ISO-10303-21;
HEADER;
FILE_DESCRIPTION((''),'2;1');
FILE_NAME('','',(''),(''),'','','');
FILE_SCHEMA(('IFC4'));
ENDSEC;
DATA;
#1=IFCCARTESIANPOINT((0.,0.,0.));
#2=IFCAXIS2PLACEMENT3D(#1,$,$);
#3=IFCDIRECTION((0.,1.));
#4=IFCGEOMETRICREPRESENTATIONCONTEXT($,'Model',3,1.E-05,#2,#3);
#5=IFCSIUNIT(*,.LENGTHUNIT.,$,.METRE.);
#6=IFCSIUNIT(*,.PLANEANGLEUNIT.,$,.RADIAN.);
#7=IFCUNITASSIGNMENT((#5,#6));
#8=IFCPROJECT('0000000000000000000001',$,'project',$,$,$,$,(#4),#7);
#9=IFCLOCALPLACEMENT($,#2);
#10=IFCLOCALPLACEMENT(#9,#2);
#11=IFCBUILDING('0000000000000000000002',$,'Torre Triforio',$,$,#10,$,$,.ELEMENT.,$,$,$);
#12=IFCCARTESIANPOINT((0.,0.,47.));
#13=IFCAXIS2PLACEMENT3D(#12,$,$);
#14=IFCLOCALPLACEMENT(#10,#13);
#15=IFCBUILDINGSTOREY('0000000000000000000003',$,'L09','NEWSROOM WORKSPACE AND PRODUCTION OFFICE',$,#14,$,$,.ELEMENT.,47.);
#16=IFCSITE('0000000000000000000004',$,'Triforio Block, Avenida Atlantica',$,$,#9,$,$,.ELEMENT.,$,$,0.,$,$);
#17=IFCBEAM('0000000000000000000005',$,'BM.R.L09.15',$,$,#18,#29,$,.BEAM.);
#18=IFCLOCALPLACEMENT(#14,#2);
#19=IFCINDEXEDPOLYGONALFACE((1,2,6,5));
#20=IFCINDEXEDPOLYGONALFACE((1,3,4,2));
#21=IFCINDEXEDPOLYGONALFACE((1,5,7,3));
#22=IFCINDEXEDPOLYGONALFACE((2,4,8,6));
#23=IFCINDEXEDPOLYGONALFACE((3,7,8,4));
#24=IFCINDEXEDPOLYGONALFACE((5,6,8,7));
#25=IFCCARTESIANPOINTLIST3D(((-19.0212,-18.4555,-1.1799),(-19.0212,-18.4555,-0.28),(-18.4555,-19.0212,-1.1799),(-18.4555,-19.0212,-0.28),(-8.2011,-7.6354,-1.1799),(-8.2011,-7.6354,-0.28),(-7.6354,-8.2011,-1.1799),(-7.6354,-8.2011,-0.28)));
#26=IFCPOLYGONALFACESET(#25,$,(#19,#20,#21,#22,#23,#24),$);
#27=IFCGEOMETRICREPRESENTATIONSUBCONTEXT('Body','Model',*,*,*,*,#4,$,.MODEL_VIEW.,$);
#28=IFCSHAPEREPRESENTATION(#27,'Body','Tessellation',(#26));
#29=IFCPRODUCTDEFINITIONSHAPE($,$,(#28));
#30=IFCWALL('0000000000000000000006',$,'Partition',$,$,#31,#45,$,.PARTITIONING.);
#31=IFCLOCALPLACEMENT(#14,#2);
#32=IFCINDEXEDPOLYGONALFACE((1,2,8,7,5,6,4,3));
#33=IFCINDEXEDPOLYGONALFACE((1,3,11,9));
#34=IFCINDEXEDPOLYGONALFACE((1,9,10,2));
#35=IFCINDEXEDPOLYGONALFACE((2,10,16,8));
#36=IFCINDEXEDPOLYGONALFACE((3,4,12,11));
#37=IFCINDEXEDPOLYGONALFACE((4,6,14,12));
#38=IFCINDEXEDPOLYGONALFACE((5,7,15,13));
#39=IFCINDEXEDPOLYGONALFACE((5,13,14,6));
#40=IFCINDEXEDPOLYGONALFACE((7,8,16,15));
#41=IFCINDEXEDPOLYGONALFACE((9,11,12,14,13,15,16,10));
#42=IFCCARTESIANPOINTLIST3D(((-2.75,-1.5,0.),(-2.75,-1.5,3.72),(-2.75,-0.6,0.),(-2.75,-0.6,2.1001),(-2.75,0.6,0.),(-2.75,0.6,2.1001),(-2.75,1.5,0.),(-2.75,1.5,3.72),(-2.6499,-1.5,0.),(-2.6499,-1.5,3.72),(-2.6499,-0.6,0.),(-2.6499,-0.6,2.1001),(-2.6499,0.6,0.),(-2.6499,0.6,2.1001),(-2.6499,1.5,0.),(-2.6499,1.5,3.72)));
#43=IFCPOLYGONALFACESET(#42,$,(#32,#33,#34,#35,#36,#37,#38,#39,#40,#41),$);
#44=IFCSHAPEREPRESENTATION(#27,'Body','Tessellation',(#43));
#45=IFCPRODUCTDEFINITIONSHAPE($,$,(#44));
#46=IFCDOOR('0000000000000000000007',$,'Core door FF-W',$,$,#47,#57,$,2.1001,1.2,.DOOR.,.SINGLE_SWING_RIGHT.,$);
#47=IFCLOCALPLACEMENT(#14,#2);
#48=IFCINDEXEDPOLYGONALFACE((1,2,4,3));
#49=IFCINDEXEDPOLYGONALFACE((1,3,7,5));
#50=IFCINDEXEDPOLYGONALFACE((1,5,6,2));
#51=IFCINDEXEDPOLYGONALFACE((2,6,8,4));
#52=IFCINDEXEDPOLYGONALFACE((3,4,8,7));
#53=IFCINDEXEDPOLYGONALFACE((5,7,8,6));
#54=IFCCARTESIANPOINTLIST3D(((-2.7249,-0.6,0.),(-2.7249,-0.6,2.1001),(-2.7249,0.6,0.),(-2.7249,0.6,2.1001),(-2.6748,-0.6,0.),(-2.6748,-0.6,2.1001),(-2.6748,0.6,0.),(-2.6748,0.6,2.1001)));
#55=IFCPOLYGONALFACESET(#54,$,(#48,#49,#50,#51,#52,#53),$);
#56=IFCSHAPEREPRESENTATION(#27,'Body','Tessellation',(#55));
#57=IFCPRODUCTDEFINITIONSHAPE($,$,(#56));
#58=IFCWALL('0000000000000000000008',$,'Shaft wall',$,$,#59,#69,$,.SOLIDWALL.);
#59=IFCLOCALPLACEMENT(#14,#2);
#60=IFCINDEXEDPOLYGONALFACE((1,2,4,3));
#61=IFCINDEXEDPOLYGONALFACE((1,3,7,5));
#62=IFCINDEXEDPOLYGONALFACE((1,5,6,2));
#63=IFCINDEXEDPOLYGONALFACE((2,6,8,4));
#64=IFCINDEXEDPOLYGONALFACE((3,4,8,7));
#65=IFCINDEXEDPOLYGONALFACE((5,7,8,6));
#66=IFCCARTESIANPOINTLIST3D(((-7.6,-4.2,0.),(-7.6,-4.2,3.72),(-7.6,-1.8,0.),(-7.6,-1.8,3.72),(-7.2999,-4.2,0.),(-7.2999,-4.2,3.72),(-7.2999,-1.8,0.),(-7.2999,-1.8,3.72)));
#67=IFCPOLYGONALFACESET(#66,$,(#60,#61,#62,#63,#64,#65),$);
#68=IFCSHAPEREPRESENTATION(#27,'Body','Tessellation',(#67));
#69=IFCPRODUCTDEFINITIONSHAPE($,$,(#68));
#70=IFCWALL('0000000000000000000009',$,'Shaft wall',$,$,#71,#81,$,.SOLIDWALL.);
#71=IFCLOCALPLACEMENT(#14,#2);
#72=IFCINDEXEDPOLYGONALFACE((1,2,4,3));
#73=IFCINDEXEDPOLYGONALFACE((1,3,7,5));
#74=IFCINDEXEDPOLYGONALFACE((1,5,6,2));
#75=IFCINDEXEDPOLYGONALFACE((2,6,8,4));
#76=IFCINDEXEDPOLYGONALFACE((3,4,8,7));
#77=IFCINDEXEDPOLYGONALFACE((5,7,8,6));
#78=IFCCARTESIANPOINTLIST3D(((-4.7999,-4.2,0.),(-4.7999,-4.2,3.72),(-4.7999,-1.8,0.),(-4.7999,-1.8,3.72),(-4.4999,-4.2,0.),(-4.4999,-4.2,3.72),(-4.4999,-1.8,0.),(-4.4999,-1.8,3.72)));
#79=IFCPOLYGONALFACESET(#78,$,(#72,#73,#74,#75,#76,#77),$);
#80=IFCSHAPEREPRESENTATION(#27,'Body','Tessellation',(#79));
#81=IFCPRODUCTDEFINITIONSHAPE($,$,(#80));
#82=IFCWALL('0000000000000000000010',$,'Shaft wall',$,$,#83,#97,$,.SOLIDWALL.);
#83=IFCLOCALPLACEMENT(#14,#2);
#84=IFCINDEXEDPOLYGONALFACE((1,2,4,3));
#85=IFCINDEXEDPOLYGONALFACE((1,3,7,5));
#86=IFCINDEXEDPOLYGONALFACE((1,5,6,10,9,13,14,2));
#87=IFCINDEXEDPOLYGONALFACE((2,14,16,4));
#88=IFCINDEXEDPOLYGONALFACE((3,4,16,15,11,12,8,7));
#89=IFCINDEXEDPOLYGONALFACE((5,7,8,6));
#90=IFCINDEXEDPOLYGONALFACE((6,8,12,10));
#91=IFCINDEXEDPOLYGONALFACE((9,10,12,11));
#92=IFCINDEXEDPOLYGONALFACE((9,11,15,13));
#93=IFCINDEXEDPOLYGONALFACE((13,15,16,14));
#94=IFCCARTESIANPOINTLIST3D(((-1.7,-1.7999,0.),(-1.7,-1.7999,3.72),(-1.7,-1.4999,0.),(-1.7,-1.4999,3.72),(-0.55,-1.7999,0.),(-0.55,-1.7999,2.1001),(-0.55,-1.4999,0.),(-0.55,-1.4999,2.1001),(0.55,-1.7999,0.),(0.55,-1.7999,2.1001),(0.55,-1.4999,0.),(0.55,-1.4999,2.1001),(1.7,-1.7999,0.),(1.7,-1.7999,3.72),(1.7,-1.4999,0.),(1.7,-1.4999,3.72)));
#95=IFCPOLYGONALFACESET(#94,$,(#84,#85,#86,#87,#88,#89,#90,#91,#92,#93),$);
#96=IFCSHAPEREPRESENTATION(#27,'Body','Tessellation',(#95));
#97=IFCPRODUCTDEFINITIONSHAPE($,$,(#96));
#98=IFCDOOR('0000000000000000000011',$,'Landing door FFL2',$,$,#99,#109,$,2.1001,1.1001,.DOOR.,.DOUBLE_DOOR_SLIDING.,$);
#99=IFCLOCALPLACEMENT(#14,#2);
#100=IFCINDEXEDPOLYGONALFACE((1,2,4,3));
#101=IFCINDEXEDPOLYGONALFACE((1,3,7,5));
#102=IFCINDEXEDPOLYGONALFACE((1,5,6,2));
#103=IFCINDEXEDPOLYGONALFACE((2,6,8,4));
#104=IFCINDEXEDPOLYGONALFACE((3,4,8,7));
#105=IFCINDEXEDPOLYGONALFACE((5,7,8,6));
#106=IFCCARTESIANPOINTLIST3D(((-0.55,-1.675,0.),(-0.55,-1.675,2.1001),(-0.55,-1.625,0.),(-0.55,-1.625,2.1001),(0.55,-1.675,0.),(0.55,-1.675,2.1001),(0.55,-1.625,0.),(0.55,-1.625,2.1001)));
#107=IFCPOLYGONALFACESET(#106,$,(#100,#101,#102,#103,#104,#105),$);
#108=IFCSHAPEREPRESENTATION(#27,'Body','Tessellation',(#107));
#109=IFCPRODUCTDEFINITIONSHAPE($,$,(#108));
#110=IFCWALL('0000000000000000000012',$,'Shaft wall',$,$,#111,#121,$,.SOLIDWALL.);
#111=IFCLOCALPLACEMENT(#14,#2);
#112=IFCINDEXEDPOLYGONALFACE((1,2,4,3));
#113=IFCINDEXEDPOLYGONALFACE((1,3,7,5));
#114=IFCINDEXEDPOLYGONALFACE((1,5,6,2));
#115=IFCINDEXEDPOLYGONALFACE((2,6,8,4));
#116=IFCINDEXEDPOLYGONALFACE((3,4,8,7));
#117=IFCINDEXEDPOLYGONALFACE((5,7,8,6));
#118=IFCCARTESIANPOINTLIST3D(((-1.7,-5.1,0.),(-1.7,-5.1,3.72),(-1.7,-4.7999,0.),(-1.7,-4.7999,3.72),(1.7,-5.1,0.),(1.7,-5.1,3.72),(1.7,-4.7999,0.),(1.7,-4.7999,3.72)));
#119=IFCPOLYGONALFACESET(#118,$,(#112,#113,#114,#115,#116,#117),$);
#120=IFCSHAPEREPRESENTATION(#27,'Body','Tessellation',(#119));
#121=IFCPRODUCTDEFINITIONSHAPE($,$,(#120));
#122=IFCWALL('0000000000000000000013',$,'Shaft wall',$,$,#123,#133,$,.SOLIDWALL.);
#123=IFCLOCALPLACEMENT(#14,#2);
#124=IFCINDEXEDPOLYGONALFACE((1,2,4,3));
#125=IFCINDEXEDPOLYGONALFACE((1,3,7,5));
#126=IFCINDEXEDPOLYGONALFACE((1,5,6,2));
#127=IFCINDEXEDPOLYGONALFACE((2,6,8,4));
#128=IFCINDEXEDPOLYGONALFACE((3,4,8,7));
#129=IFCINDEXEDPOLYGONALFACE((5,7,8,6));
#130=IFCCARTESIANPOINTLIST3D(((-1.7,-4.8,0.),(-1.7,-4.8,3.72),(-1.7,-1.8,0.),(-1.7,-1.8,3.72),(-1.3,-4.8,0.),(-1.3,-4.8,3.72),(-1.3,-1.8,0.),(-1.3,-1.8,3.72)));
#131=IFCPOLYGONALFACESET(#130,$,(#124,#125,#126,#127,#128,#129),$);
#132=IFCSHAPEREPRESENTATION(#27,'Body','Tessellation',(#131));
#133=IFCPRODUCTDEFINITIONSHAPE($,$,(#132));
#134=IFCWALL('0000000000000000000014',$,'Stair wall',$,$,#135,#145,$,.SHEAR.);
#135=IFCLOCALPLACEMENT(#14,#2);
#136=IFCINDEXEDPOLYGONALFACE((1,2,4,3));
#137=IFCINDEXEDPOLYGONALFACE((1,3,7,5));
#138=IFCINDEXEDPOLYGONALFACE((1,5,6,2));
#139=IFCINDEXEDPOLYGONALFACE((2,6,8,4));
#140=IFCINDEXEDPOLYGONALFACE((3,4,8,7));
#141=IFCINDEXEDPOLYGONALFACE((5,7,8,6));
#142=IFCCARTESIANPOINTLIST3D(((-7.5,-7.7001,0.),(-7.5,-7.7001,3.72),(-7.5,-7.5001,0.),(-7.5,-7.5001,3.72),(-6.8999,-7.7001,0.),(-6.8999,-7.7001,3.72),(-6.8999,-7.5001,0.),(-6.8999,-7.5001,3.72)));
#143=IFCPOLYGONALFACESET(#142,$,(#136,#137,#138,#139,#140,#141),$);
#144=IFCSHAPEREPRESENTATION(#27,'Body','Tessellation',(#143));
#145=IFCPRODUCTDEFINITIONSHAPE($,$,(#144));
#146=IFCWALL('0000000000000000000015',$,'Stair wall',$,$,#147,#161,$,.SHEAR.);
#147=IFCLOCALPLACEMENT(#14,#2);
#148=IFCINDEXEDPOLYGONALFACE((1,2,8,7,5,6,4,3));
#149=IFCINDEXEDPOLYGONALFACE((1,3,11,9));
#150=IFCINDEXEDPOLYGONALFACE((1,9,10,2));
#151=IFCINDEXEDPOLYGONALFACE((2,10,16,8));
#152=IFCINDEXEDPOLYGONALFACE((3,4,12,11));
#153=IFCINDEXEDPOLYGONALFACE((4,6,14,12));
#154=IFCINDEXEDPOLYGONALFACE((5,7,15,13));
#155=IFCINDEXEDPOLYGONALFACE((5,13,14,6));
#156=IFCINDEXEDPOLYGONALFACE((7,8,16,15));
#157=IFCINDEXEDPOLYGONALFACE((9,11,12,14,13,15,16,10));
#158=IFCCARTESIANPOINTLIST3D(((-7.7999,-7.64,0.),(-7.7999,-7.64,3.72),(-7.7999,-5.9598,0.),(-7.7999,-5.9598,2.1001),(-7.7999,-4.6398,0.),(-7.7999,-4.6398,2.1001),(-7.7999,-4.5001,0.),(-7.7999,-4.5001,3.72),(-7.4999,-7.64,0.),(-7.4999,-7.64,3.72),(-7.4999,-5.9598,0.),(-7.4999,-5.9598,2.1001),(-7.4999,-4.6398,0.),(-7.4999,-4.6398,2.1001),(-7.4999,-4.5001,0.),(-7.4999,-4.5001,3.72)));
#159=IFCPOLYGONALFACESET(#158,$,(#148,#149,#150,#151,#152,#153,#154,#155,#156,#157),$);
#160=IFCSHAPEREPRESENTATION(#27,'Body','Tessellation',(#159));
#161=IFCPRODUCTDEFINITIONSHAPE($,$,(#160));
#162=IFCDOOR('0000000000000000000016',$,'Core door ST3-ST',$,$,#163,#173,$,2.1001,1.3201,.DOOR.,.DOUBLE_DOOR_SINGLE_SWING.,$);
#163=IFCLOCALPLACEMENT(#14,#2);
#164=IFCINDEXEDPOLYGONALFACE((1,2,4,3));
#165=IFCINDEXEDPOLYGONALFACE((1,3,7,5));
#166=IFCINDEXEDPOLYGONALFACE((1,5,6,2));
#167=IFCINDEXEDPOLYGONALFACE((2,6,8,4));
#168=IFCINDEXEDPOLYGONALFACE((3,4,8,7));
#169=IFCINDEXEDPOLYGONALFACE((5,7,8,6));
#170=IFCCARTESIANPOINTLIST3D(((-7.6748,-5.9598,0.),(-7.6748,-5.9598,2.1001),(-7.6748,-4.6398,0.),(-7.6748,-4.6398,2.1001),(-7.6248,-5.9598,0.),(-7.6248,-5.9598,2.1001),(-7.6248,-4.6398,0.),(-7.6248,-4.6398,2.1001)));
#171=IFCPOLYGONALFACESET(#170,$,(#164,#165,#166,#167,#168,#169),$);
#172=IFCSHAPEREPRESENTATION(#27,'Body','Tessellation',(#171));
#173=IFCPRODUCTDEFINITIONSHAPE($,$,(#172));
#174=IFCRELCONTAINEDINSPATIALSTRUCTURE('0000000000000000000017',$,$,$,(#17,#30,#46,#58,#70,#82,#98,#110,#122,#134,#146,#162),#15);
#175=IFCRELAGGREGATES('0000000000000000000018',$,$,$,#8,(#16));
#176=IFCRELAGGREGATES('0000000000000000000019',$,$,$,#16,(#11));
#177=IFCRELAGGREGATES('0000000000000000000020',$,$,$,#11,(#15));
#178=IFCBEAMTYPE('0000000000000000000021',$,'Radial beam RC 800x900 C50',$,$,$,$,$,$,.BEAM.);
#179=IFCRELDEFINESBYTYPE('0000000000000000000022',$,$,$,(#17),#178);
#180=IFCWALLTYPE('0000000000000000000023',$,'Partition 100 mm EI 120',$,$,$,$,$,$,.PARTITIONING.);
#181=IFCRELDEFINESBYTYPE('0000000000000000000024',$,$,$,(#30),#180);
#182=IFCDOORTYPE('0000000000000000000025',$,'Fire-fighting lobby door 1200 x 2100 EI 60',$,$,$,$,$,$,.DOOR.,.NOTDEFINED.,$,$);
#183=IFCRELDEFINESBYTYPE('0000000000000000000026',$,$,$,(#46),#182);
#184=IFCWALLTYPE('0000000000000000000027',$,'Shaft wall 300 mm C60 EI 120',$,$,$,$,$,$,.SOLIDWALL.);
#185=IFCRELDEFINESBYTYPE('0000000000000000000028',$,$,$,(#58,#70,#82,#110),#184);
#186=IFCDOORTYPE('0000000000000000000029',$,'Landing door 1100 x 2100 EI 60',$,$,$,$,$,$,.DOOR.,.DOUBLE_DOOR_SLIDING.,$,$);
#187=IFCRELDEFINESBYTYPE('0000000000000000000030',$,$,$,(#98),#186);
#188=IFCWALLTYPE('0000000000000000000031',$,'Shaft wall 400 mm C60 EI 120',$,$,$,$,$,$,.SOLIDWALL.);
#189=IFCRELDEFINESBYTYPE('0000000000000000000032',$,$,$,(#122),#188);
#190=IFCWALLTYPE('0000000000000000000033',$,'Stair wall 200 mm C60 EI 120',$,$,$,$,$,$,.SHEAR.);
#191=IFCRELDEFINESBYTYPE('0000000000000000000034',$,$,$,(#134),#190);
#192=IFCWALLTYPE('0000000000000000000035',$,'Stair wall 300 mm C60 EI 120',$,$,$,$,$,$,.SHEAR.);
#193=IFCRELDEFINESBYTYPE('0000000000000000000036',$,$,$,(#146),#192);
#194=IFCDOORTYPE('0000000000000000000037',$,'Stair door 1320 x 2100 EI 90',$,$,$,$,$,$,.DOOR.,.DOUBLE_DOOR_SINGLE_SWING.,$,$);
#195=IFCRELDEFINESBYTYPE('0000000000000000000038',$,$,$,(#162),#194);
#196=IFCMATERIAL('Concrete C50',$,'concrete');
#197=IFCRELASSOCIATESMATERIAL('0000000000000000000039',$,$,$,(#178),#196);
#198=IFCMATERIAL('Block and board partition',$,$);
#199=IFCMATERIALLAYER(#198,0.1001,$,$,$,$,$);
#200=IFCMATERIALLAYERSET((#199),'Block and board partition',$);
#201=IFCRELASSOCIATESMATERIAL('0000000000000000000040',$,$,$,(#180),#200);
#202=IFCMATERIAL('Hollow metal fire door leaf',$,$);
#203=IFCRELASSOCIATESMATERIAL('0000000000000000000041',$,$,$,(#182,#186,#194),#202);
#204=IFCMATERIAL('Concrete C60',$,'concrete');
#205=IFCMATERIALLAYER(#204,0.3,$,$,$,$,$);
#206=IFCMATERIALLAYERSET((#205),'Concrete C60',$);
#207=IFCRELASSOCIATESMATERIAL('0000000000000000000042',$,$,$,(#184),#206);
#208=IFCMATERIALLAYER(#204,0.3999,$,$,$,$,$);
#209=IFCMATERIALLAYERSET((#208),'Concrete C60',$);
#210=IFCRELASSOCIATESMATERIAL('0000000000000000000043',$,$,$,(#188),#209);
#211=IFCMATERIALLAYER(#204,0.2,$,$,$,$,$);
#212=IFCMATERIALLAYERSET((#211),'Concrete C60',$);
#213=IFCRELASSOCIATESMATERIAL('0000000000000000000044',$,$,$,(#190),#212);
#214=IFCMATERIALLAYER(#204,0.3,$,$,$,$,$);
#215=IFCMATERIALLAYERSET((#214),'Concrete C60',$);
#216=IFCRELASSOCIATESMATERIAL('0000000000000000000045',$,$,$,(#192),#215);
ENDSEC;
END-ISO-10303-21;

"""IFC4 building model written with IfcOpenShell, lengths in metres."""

from ifc_helpers import new_model, si_unit, direction, frame, frame_2d, origin, origin_2d, place, context, subcontext, project, spatial, rectangle, extrude, material, layer, layer_set, material_profile, profile_set, type_object, element, fill, save


model = new_model("IFC4")

# Units and contexts
model_context = context("Model", 3, precision=1e-05, world=origin(), true_north=direction((0.0, 1.0)))
body_context = subcontext(model_context, "Body", "Model", "MODEL_VIEW")
ifc_project = project(units=[si_unit("LENGTHUNIT", "METRE"), si_unit("PLANEANGLEUNIT", "RADIAN")], contexts=[model_context])

# Site, building, storey
site_placement = place(None, origin())
site = spatial("IfcSite", under=ifc_project, at=site_placement, Name="Triforio Block, Avenida Atlantica", CompositionType="ELEMENT", RefElevation=0.0)
building_placement = place(site_placement, origin())
building = spatial("IfcBuilding", under=site, at=building_placement, Name="Torre Triforio", CompositionType="ELEMENT")
storey_placement = place(building_placement, frame((0.0, 0.0, 47.0)))
storey = spatial("IfcBuildingStorey", under=building, at=storey_placement, Name="L09", Description="NEWSROOM WORKSPACE AND PRODUCTION OFFICE", CompositionType="ELEMENT", Elevation=47.0)

# Beam
ifc_material_1 = material(Name="Concrete C50", Category="concrete")
ifc_material_profile = material_profile(ifc_material_1, rectangle(XDim=0.8, YDim=0.8999, at=origin_2d()), Name="RC 800x900")
ifc_profile_set = profile_set([ifc_material_profile], Name="Concrete C50")
beam_type = type_object("IfcBeamType", Name="Radial beam RC 800x900 C50", PredefinedType="BEAM", material=ifc_profile_set)
beam_placement = place(storey_placement, frame((-7.9182, -7.9182, -0.73), z_axis=(-0.707107, -0.707107, 0.0), x_axis=(0.707107, -0.707107, 0.0)))
element("IfcBeam", 1, at=beam_placement, inside=storey, type_object=beam_type, Name="BM.R.L09.15", PredefinedType="BEAM", context=body_context, shape_type="SweptSolid", body=[
    extrude(rectangle(XDim=0.8, YDim=0.8999, at=origin_2d()), origin(), (0.0, 0.0, 1.0), 15.302),
])

# Wall, opening, door
ifc_material_2 = material(Name="Block and board partition")
ifc_layer_1 = layer(ifc_material_2, 0.1001)
ifc_layer_set_1 = layer_set([ifc_layer_1], Name="Block and board partition")
wall_type_1 = type_object("IfcWallType", Name="Partition 100 mm EI 120", PredefinedType="PARTITIONING", material=ifc_layer_set_1)
wall_1_placement = place(storey_placement, frame((-2.7, -1.5, 0.0), z_axis=(0.0, 0.0, 1.0), x_axis=(0.0, 1.0, 0.0)))
wall_1 = element("IfcWall", 2, at=wall_1_placement, inside=storey, type_object=wall_type_1, Name="Partition", PredefinedType="PARTITIONING", context=body_context, shape_type="SweptSolid", body=[
    extrude(rectangle(XDim=3.0, YDim=0.1001, at=frame_2d((1.5, 0.0))), origin(), (0.0, 0.0, 1.0), 3.72),
])
opening_1_placement = place(wall_1_placement, frame((0.8999, 0.0, 0.0)))
opening_1 = element("IfcOpeningElement", 3, at=opening_1_placement, cuts=wall_1, PredefinedType="OPENING", context=body_context, shape_type="SweptSolid", body=[
    extrude(rectangle(XDim=1.2, YDim=2.1001, at=frame_2d((0.6001, 1.05))), frame((0.0, 0.0601, 0.0), z_axis=(0.0, -1.0, 0.0), x_axis=(1.0, 0.0, 0.0)), (0.0, 0.0, 1.0), 0.1201),
])
ifc_material_3 = material(Name="Hollow metal fire door leaf")
door_type_1 = type_object("IfcDoorType", Name="Fire-fighting lobby door 1200 x 2100 EI 60", OperationType="NOTDEFINED", PredefinedType="DOOR", material=ifc_material_3)
door_1_placement = place(opening_1_placement, origin())
door_1 = element("IfcDoor", 4, at=door_1_placement, inside=storey, type_object=door_type_1, Name="Core door FF-W", OperationType="SINGLE_SWING_RIGHT", OverallHeight=2.1001, OverallWidth=1.2, PredefinedType="DOOR", context=body_context, shape_type="SweptSolid", body=[
    extrude(rectangle(XDim=1.2, YDim=2.1001, at=frame_2d((0.6001, 1.05))), frame((0.0, 0.0249, 0.0), z_axis=(0.0, -1.0, 0.0), x_axis=(1.0, 0.0, 0.0)), (0.0, 0.0, 1.0), 0.05),
])
fill(opening_1, door_1)

# Walls
ifc_material_4 = material(Name="Concrete C60", Category="concrete")
ifc_layer_2 = layer(ifc_material_4, 0.3)
ifc_layer_set_2 = layer_set([ifc_layer_2], Name="Concrete C60")
wall_type_2 = type_object("IfcWallType", Name="Shaft wall 300 mm C60 EI 120", PredefinedType="SOLIDWALL", material=ifc_layer_set_2)
for number, where, z_axis, x_axis, name in (
    (5, (-7.45, -4.2, 0.0), (0.0, 0.0, 1.0), (0.0, 1.0, 0.0), "Shaft wall"),
    (6, (-4.6499, -4.2, 0.0), (0.0, 0.0, 1.0), (0.0, 1.0, 0.0), "Shaft wall"),
):
    element("IfcWall", number, at=place(storey_placement, frame(where, z_axis=z_axis, x_axis=x_axis)), inside=storey, type_object=wall_type_2, Name=name, PredefinedType="SOLIDWALL", context=body_context, shape_type="SweptSolid", body=[
        extrude(rectangle(XDim=2.3999, YDim=0.3, at=frame_2d((1.2, 0.0))), origin(), (0.0, 0.0, 1.0), 3.72),
    ])

# Wall, opening, door
wall_2_placement = place(storey_placement, frame((-1.7, -1.6499, 0.0), z_axis=(0.0, 0.0, 1.0), x_axis=(1.0, 0.0, 0.0)))
wall_2 = element("IfcWall", 7, at=wall_2_placement, inside=storey, type_object=wall_type_2, Name="Shaft wall", PredefinedType="SOLIDWALL", context=body_context, shape_type="SweptSolid", body=[
    extrude(rectangle(XDim=3.3999, YDim=0.3, at=frame_2d((1.7, 0.0))), origin(), (0.0, 0.0, 1.0), 3.72),
])
opening_2_placement = place(wall_2_placement, frame((1.1499, 0.0, 0.0)))
opening_2 = element("IfcOpeningElement", 8, at=opening_2_placement, cuts=wall_2, PredefinedType="OPENING", context=body_context, shape_type="SweptSolid", body=[
    extrude(rectangle(XDim=1.1001, YDim=2.1001, at=frame_2d((0.55, 1.05))), frame((0.0, 0.1599, 0.0), z_axis=(0.0, -1.0, 0.0), x_axis=(1.0, 0.0, 0.0)), (0.0, 0.0, 1.0), 0.3201),
])
door_type_2 = type_object("IfcDoorType", Name="Landing door 1100 x 2100 EI 60", OperationType="DOUBLE_DOOR_SLIDING", PredefinedType="DOOR", material=ifc_material_3)
door_2_placement = place(opening_2_placement, origin())
door_2 = element("IfcDoor", 9, at=door_2_placement, inside=storey, type_object=door_type_2, Name="Landing door FFL2", OperationType="DOUBLE_DOOR_SLIDING", OverallHeight=2.1001, OverallWidth=1.1001, PredefinedType="DOOR", context=body_context, shape_type="SweptSolid", body=[
    extrude(rectangle(XDim=1.1001, YDim=2.1001, at=frame_2d((0.55, 1.05))), frame((0.0, 0.0249, 0.0), z_axis=(0.0, -1.0, 0.0), x_axis=(1.0, 0.0, 0.0)), (0.0, 0.0, 1.0), 0.05),
])
fill(opening_2, door_2)

# Walls
wall_3_placement = place(storey_placement, frame((-1.7, -4.95, 0.0), z_axis=(0.0, 0.0, 1.0), x_axis=(1.0, 0.0, 0.0)))
element("IfcWall", 10, at=wall_3_placement, inside=storey, type_object=wall_type_2, Name="Shaft wall", PredefinedType="SOLIDWALL", context=body_context, shape_type="SweptSolid", body=[
    extrude(rectangle(XDim=3.3999, YDim=0.3, at=frame_2d((1.7, 0.0))), origin(), (0.0, 0.0, 1.0), 3.72),
])
ifc_layer_3 = layer(ifc_material_4, 0.3999)
ifc_layer_set_3 = layer_set([ifc_layer_3], Name="Concrete C60")
wall_type_3 = type_object("IfcWallType", Name="Shaft wall 400 mm C60 EI 120", PredefinedType="SOLIDWALL", material=ifc_layer_set_3)
wall_4_placement = place(storey_placement, frame((-1.5, -4.8, 0.0), z_axis=(0.0, 0.0, 1.0), x_axis=(0.0, 1.0, 0.0)))
element("IfcWall", 11, at=wall_4_placement, inside=storey, type_object=wall_type_3, Name="Shaft wall", PredefinedType="SOLIDWALL", context=body_context, shape_type="SweptSolid", body=[
    extrude(rectangle(XDim=3.0, YDim=0.3999, at=frame_2d((1.5, 0.0))), origin(), (0.0, 0.0, 1.0), 3.72),
])
ifc_layer_4 = layer(ifc_material_4, 0.2)
ifc_layer_set_4 = layer_set([ifc_layer_4], Name="Concrete C60")
wall_type_4 = type_object("IfcWallType", Name="Stair wall 200 mm C60 EI 120", PredefinedType="SHEAR", material=ifc_layer_set_4)
wall_5_placement = place(storey_placement, frame((-7.5, -7.6001, 0.0), z_axis=(0.0, 0.0, 1.0), x_axis=(1.0, 0.0, 0.0)))
element("IfcWall", 12, at=wall_5_placement, inside=storey, type_object=wall_type_4, Name="Stair wall", PredefinedType="SHEAR", context=body_context, shape_type="SweptSolid", body=[
    extrude(rectangle(XDim=0.6001, YDim=0.2, at=frame_2d((0.3, 0.0))), origin(), (0.0, 0.0, 1.0), 3.72),
])

# Wall, opening, door
ifc_layer_5 = layer(ifc_material_4, 0.3)
ifc_layer_set_5 = layer_set([ifc_layer_5], Name="Concrete C60")
wall_type_5 = type_object("IfcWallType", Name="Stair wall 300 mm C60 EI 120", PredefinedType="SHEAR", material=ifc_layer_set_5)
wall_6_placement = place(storey_placement, frame((-7.6499, -7.6399, 0.0), z_axis=(0.0, 0.0, 1.0), x_axis=(0.0, 1.0, 0.0)))
wall_6 = element("IfcWall", 13, at=wall_6_placement, inside=storey, type_object=wall_type_5, Name="Stair wall", PredefinedType="SHEAR", context=body_context, shape_type="SweptSolid", body=[
    extrude(rectangle(XDim=3.1399, YDim=0.3, at=frame_2d((1.5698, 0.0))), origin(), (0.0, 0.0, 1.0), 3.72),
])
opening_3_placement = place(wall_6_placement, frame((1.6799, 0.0, 0.0)))
opening_3 = element("IfcOpeningElement", 14, at=opening_3_placement, cuts=wall_6, PredefinedType="OPENING", context=body_context, shape_type="SweptSolid", body=[
    extrude(rectangle(XDim=1.3201, YDim=2.1001, at=frame_2d((0.6602, 1.05))), frame((0.0, 0.1599, 0.0), z_axis=(0.0, -1.0, 0.0), x_axis=(1.0, 0.0, 0.0)), (0.0, 0.0, 1.0), 0.3201),
])
door_type_3 = type_object("IfcDoorType", Name="Stair door 1320 x 2100 EI 90", OperationType="DOUBLE_DOOR_SINGLE_SWING", PredefinedType="DOOR", material=ifc_material_3)
door_3_placement = place(opening_3_placement, origin())
door_3 = element("IfcDoor", 15, at=door_3_placement, inside=storey, type_object=door_type_3, Name="Core door ST3-ST", OperationType="DOUBLE_DOOR_SINGLE_SWING", OverallHeight=2.1001, OverallWidth=1.3201, PredefinedType="DOOR", context=body_context, shape_type="SweptSolid", body=[
    extrude(rectangle(XDim=1.3201, YDim=2.1001, at=frame_2d((0.6602, 1.05))), frame((0.0, 0.0249, 0.0), z_axis=(0.0, -1.0, 0.0), x_axis=(1.0, 0.0, 0.0)), (0.0, 0.0, 1.0), 0.05),
])
fill(opening_3, door_3)

save(model, "model.ifc")
